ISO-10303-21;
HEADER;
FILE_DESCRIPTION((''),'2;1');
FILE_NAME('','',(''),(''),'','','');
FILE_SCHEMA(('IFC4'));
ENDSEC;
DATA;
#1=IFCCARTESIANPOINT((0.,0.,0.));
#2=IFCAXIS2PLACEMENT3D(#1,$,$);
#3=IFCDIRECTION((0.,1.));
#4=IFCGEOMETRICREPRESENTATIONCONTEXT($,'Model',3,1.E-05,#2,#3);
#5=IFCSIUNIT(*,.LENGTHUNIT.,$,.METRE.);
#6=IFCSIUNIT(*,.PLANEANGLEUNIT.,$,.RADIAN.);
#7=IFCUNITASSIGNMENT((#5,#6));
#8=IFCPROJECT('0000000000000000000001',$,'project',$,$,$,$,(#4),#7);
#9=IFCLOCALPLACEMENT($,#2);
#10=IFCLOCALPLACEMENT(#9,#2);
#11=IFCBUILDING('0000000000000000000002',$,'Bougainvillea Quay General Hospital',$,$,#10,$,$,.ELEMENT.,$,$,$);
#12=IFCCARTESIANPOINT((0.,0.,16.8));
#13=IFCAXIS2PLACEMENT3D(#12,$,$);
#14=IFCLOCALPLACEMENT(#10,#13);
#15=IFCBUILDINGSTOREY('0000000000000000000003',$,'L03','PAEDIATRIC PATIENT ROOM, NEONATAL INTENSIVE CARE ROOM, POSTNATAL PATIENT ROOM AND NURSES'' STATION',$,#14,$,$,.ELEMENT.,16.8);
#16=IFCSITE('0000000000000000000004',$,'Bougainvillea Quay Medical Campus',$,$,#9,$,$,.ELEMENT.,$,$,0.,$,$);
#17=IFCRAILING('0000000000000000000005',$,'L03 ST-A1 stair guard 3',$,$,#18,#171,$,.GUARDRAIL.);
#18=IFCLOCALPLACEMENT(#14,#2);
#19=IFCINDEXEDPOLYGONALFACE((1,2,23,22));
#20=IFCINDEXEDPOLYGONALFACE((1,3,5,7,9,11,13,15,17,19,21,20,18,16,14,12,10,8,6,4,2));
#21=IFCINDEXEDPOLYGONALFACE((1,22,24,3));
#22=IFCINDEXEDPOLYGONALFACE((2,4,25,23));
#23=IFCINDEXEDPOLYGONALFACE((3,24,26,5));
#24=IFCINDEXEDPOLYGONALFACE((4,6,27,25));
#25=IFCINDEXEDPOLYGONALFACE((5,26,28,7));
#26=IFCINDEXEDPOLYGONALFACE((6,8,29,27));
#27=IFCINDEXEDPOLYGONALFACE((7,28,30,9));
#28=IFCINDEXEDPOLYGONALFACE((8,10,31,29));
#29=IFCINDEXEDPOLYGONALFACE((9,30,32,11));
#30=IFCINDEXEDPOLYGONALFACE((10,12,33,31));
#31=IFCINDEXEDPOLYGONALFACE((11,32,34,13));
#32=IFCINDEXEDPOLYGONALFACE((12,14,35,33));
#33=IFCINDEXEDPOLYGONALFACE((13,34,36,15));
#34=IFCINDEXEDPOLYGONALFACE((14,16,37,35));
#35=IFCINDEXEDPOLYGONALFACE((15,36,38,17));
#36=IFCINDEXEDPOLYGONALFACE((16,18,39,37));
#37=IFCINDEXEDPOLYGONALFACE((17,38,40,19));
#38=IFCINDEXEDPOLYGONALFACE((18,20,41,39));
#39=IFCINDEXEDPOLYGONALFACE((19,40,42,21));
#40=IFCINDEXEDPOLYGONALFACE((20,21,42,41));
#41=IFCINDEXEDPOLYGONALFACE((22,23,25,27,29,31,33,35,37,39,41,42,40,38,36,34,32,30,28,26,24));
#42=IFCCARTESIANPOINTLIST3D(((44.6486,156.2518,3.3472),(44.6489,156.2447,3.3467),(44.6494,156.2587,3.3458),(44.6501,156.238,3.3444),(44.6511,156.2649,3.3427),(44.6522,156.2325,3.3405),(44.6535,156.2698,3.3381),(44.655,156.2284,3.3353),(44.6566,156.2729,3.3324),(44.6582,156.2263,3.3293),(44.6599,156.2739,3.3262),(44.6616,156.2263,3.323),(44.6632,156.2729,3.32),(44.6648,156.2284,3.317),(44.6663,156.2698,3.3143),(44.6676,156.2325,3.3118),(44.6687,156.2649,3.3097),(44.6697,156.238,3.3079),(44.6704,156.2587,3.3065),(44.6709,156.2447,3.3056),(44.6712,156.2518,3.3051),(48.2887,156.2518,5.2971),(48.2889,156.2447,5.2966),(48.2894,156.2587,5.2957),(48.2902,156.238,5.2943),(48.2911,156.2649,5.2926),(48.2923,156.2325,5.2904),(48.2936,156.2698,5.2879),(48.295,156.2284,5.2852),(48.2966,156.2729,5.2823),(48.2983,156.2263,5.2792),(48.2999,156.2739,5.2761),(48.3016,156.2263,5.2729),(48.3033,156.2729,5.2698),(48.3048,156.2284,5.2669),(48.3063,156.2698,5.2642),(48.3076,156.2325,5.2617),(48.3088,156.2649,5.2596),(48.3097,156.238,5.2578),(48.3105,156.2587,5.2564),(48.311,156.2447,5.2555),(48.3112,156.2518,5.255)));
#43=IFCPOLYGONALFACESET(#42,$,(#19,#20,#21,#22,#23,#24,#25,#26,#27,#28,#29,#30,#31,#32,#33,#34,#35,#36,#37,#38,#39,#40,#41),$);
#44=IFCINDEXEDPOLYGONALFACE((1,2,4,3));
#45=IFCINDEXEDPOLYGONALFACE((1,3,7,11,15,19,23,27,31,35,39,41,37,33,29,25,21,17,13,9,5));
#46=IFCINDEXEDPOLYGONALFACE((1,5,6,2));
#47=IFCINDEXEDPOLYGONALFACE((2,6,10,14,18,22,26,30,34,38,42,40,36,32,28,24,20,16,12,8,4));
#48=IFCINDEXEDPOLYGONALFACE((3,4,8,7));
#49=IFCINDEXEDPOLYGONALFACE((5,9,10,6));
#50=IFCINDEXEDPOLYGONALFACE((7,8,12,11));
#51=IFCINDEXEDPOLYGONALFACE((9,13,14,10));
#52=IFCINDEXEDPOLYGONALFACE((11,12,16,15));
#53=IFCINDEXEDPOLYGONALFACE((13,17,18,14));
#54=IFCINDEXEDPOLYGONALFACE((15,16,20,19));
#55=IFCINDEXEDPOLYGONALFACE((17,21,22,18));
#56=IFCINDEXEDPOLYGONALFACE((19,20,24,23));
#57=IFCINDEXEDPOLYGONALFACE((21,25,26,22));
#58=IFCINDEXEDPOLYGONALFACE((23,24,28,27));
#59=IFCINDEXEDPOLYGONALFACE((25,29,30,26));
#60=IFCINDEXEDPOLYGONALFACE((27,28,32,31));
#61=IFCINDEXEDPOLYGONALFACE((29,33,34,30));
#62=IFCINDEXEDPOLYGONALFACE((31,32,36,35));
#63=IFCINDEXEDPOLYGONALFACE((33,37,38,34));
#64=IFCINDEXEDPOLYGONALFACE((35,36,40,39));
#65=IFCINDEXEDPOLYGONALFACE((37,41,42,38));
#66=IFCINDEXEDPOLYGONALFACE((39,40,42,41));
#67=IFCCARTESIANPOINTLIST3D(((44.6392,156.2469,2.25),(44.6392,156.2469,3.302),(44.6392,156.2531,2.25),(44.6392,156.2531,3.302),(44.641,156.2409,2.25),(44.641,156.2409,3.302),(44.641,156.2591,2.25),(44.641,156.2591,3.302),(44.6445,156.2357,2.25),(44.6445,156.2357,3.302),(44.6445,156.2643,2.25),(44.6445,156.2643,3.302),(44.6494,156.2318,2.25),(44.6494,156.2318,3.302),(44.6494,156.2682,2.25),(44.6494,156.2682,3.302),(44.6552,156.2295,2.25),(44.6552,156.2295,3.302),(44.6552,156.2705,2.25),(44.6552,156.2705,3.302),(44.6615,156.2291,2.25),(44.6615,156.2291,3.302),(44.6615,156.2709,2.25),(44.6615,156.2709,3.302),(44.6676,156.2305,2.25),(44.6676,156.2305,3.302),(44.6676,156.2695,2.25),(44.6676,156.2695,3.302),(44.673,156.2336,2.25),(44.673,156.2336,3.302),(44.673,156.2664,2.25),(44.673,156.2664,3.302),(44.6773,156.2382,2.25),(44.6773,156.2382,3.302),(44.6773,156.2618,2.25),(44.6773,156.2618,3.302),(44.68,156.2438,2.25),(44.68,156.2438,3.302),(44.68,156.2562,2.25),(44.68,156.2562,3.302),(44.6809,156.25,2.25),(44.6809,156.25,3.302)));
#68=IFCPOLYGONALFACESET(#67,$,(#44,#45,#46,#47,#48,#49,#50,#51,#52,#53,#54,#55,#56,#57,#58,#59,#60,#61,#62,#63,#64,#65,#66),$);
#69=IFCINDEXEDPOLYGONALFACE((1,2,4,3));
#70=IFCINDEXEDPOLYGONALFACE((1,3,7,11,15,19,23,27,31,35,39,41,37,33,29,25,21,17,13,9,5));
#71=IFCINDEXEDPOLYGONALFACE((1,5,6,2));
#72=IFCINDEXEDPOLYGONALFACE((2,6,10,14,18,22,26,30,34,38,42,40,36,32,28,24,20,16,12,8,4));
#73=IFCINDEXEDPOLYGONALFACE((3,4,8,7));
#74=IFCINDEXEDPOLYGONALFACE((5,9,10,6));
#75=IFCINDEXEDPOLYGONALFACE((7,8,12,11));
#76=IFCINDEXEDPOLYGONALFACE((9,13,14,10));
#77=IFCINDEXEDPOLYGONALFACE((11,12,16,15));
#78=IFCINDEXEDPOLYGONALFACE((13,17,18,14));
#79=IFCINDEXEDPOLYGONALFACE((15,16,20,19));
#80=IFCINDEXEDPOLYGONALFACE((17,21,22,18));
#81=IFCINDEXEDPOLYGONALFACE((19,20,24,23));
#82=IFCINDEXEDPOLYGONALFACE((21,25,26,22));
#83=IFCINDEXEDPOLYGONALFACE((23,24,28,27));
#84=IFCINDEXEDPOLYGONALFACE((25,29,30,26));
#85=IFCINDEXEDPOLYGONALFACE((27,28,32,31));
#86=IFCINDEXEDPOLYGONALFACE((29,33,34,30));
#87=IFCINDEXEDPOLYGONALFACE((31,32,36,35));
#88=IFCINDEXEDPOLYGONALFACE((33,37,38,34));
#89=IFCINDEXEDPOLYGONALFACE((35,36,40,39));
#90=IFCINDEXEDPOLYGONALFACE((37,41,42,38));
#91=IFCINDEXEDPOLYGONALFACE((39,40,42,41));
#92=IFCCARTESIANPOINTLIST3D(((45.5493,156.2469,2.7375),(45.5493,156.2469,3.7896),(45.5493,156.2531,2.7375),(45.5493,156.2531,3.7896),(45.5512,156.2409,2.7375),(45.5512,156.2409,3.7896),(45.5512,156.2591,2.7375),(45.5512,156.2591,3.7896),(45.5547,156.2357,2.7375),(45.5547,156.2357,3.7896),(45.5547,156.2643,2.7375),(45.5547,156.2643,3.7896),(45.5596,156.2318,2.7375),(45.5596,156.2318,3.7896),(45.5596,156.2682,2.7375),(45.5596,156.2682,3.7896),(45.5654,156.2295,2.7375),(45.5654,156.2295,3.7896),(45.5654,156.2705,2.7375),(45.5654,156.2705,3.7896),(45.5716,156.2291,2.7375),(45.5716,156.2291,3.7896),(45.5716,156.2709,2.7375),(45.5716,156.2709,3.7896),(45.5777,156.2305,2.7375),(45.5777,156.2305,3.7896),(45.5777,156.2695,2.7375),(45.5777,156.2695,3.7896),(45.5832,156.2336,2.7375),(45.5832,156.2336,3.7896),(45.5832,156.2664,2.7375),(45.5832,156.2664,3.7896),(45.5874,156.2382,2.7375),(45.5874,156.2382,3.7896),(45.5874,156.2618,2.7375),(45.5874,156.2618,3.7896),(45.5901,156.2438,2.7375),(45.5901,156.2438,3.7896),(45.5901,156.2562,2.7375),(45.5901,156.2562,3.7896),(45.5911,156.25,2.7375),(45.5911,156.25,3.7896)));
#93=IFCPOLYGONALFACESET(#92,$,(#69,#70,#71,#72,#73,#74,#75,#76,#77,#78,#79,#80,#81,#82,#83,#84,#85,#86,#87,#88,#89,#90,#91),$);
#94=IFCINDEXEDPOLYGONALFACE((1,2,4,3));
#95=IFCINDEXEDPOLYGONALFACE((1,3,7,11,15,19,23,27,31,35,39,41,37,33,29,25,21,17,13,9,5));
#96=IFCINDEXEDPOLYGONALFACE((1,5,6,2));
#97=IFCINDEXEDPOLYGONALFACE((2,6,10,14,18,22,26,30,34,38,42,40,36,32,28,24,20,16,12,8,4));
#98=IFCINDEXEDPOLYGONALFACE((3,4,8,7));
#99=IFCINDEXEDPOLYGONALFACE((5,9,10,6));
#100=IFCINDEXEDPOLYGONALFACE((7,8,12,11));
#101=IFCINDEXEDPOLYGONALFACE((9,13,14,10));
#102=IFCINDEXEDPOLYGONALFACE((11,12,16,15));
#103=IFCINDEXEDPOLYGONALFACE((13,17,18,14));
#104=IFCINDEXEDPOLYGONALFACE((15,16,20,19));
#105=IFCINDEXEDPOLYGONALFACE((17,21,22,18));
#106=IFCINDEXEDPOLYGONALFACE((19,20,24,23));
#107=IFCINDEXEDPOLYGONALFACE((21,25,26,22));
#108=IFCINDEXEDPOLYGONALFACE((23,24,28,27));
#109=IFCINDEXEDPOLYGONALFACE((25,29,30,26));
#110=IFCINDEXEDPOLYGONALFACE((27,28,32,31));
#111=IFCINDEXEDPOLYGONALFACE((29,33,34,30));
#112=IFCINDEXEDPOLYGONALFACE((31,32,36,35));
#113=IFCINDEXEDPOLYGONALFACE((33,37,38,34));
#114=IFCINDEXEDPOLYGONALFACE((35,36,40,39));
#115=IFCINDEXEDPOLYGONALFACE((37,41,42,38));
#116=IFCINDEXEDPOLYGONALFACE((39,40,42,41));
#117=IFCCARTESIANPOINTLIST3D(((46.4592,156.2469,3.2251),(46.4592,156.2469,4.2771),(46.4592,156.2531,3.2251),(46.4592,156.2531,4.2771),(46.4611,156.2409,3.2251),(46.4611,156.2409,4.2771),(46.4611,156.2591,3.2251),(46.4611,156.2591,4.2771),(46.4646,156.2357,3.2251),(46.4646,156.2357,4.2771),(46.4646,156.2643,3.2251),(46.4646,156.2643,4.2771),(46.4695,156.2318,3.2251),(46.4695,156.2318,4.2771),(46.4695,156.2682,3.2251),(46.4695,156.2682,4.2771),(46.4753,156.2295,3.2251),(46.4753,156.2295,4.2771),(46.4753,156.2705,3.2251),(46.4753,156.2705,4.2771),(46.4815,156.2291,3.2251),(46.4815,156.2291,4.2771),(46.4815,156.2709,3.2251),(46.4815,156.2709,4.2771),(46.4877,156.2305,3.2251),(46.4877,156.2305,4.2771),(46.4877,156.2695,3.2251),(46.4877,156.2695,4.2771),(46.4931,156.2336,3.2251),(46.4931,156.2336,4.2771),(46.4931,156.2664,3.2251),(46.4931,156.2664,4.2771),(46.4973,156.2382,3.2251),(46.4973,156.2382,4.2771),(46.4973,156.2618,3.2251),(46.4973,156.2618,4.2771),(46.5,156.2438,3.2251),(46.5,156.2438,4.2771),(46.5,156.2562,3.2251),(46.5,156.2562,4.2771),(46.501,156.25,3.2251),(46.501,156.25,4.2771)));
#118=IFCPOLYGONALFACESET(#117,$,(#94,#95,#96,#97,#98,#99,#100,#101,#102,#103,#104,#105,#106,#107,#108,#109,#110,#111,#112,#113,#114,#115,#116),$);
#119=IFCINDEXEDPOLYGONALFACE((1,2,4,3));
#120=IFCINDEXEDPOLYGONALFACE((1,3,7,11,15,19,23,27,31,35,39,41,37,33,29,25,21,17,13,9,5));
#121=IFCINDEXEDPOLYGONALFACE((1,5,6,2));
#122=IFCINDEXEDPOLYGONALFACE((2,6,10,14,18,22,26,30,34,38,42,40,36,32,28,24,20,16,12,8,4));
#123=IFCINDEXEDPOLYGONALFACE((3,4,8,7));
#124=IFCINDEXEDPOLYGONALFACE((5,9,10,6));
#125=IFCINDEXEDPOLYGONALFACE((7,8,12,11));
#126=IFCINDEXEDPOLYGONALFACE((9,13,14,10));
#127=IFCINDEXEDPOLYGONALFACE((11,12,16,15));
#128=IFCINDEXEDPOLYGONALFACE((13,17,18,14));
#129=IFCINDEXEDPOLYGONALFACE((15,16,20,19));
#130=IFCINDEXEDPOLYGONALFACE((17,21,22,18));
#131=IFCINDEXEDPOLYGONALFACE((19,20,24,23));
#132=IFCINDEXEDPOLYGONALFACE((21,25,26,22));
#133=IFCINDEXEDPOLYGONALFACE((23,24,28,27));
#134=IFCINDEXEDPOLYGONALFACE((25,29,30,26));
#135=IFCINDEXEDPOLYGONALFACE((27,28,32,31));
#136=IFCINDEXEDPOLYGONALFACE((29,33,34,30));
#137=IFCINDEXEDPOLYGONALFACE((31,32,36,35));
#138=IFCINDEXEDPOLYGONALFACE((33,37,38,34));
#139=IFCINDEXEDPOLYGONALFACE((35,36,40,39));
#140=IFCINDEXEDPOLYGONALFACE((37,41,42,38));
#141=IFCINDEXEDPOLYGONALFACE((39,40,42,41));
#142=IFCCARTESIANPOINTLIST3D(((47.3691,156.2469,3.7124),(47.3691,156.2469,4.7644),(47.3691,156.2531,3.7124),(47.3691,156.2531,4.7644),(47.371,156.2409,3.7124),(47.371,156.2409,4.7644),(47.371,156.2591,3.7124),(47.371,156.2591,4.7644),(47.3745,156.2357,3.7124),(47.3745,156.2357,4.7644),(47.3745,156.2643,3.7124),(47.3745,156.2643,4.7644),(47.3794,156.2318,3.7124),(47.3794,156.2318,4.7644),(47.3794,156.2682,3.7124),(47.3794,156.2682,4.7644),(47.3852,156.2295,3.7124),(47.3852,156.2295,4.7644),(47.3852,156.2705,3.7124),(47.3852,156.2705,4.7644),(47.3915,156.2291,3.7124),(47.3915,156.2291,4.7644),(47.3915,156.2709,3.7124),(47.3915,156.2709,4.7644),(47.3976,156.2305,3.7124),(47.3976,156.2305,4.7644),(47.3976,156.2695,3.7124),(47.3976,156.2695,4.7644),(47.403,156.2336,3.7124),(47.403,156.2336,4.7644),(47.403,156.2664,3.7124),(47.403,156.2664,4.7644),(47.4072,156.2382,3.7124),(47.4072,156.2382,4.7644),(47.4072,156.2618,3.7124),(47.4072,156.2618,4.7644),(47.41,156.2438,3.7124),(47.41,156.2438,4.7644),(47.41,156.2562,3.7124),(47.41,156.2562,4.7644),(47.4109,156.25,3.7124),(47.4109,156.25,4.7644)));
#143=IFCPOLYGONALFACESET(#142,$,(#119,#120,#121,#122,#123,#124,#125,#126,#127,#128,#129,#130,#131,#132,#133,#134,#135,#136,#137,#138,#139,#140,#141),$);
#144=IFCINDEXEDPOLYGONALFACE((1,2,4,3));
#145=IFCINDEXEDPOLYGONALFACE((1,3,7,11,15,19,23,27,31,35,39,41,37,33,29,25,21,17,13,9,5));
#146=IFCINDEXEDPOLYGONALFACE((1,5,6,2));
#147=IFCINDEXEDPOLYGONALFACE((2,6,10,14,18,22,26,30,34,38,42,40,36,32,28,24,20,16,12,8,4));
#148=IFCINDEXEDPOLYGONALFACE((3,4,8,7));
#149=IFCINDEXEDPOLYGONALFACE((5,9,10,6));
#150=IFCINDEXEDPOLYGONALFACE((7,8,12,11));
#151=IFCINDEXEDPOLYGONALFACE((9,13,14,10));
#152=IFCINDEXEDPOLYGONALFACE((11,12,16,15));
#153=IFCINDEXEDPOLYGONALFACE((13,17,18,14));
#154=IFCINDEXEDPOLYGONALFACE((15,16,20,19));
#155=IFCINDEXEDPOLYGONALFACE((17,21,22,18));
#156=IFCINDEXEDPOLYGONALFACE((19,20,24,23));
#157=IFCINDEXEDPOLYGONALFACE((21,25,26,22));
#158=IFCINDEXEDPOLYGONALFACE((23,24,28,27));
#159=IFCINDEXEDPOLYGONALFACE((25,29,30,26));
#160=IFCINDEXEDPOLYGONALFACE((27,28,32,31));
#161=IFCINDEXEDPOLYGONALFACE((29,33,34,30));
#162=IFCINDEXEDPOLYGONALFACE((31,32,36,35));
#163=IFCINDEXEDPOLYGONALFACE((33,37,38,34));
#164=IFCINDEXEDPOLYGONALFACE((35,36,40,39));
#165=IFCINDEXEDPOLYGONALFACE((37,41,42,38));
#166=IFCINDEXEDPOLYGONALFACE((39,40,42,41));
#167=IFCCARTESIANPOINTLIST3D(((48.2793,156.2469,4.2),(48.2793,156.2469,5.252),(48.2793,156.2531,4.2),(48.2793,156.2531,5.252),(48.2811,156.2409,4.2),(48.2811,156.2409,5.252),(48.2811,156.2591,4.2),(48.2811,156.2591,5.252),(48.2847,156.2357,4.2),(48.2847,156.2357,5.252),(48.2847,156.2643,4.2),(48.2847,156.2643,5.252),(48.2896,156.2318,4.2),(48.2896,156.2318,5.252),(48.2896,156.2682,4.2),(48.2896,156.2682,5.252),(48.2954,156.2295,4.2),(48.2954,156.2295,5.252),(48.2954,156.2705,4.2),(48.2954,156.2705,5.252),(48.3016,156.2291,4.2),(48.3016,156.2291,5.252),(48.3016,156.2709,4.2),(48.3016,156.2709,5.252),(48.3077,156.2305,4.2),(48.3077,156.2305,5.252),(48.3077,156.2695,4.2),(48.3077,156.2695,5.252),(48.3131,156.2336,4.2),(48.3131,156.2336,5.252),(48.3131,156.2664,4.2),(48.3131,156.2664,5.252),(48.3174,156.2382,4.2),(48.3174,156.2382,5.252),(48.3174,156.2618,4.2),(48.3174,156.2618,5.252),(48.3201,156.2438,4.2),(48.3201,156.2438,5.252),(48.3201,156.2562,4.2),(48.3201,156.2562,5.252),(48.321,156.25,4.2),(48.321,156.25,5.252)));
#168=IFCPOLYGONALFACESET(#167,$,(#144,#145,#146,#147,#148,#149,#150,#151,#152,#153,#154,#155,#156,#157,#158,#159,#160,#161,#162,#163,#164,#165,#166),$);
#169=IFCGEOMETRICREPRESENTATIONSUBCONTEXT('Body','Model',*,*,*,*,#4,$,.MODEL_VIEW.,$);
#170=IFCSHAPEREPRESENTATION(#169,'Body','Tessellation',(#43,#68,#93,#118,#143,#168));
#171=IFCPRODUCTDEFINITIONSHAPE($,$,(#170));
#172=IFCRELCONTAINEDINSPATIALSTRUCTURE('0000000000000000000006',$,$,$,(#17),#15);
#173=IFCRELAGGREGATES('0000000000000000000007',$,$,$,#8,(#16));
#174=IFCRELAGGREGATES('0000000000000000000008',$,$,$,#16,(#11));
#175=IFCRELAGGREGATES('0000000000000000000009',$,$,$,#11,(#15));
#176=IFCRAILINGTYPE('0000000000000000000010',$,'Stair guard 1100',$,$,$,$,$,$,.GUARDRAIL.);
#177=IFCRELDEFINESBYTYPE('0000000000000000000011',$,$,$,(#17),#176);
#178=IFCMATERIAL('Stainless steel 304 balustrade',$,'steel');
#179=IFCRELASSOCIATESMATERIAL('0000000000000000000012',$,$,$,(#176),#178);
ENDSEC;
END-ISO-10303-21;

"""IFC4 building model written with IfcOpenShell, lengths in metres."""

from ifc_helpers import new_model, si_unit, direction, frame, origin, origin_2d, place, context, subcontext, project, spatial, circle, extrude, material, type_object, element, save


model = new_model("IFC4")

# Units and contexts
model_context = context("Model", 3, precision=1e-05, world=origin(), true_north=direction((0.0, 1.0)))
body_context = subcontext(model_context, "Body", "Model", "MODEL_VIEW")
ifc_project = project(units=[si_unit("LENGTHUNIT", "METRE"), si_unit("PLANEANGLEUNIT", "RADIAN")], contexts=[model_context])

# Site, building, storey
site_placement = place(None, origin())
site = spatial("IfcSite", under=ifc_project, at=site_placement, Name="Bougainvillea Quay Medical Campus", CompositionType="ELEMENT", RefElevation=0.0)
building_placement = place(site_placement, origin())
building = spatial("IfcBuilding", under=site, at=building_placement, Name="Bougainvillea Quay General Hospital", CompositionType="ELEMENT")
storey_placement = place(building_placement, frame((0.0, 0.0, 16.8)))
storey = spatial("IfcBuildingStorey", under=building, at=storey_placement, Name="L03", Description="PAEDIATRIC PATIENT ROOM, NEONATAL INTENSIVE CARE ROOM, POSTNATAL PATIENT ROOM AND NURSES' STATION", CompositionType="ELEMENT", Elevation=16.8)

# Railing
ifc_material_1 = material(Name="Stainless steel 304 balustrade", Category="steel")
railing_type_1 = type_object("IfcRailingType", Name="Stair guard 1100", PredefinedType="GUARDRAIL", material=ifc_material_1)
railing_1_placement = place(storey_placement, frame((44.6599, 156.25, 2.25)))
element("IfcRailing", 1, at=railing_1_placement, inside=storey, type_object=railing_type_1, Name="L03 ST-A1 stair guard 3", PredefinedType="GUARDRAIL", context=body_context, shape_type="SweptSolid", body=[
    extrude(circle(Radius=0.0239, at=origin_2d()), frame((0.0, 0.0, 1.0762), z_axis=(0.881492, 0.0, 0.472198), x_axis=(0.0, 1.0, 0.0)), (0.0, 0.0, 1.0), 4.1294),
    extrude(circle(Radius=0.021, at=origin_2d()), origin(), (0.0, 0.0, 1.0), 1.052),
    extrude(circle(Radius=0.021, at=origin_2d()), frame((0.9102, 0.0, 0.4875)), (0.0, 0.0, 1.0), 1.052),
    extrude(circle(Radius=0.021, at=origin_2d()), frame((1.8201, 0.0, 0.9751)), (0.0, 0.0, 1.0), 1.052),
    extrude(circle(Radius=0.021, at=origin_2d()), frame((2.73, 0.0, 1.4624)), (0.0, 0.0, 1.0), 1.052),
    extrude(circle(Radius=0.021, at=origin_2d()), frame((3.6401, 0.0, 1.95)), (0.0, 0.0, 1.0), 1.052),
])

save(model, "model.ifc")
